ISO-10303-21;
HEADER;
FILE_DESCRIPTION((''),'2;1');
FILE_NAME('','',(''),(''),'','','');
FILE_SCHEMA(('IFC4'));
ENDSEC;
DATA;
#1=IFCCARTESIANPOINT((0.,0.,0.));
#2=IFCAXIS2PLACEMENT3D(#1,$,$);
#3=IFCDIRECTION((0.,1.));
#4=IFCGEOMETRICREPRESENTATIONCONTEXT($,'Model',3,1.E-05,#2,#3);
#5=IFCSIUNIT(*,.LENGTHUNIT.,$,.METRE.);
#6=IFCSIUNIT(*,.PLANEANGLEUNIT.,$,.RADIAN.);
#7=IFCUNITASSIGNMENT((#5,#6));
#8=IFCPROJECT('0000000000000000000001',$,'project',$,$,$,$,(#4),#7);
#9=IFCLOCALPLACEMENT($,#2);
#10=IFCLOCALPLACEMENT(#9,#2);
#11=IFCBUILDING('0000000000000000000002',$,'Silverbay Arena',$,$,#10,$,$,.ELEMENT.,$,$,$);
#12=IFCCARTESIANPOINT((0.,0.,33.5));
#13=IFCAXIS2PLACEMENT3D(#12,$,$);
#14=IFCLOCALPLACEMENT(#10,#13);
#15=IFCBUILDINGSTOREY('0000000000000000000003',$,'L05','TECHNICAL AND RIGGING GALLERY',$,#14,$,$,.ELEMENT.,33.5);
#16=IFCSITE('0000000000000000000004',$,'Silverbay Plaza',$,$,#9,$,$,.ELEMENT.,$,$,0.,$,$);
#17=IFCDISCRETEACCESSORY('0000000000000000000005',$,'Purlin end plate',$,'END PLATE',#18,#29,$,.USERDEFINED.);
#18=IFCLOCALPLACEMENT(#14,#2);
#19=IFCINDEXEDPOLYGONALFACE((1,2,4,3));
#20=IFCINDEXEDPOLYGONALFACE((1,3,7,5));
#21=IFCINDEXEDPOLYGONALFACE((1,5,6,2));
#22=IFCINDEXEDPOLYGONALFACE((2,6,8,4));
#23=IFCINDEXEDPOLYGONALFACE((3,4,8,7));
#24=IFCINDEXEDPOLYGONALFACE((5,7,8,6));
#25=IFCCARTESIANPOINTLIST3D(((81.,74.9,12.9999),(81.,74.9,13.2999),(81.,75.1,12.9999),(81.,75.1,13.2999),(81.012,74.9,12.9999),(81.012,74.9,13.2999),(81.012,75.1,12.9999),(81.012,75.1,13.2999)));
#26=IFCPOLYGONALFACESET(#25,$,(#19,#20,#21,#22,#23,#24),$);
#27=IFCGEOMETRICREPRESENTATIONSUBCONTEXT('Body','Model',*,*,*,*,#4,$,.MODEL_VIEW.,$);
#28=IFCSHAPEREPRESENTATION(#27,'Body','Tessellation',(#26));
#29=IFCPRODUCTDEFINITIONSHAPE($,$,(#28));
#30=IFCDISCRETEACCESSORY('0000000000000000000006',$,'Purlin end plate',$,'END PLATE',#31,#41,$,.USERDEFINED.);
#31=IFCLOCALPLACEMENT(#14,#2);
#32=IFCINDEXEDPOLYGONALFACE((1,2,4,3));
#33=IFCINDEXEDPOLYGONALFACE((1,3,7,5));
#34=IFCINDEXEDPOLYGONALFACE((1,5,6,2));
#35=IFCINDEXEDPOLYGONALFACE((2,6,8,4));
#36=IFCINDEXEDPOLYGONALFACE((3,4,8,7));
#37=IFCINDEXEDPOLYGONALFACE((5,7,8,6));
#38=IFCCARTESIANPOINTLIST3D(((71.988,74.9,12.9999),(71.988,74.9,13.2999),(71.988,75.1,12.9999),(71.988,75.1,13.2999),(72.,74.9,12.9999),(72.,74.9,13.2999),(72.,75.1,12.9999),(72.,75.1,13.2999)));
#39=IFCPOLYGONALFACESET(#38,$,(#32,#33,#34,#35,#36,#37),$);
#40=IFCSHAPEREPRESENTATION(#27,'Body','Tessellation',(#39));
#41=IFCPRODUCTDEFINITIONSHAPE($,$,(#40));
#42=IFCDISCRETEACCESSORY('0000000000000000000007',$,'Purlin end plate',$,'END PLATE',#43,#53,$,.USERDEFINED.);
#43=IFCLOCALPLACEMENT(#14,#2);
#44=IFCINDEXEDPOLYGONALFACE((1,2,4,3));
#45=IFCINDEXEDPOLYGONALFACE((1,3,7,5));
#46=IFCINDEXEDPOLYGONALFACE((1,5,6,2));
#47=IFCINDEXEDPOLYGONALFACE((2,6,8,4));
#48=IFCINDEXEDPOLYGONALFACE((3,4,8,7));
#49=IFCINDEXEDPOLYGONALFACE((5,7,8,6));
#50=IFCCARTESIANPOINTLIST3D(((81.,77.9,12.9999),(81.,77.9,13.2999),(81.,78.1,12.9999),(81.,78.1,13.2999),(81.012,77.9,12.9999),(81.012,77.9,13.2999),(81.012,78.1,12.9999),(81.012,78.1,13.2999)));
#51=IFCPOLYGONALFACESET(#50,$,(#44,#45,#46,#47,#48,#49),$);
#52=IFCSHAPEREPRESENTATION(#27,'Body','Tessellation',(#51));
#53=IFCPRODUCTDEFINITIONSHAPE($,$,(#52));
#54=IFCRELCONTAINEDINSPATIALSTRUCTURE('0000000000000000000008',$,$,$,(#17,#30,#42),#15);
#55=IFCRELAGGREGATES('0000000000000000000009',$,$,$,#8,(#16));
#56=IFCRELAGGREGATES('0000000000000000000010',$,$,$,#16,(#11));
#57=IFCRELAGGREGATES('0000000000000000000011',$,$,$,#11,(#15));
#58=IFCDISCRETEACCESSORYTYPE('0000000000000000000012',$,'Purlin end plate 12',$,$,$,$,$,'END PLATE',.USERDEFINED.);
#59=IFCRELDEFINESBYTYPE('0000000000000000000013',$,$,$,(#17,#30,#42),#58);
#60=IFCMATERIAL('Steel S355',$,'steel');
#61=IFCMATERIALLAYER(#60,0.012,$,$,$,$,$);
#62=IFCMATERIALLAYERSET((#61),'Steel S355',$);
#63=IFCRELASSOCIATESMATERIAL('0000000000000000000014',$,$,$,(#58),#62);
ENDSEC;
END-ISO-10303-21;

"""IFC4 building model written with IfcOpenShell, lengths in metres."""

from ifc_helpers import new_model, si_unit, direction, frame, origin, origin_2d, place, context, subcontext, project, spatial, rectangle, extrude, material, layer, layer_set, type_object, element, save


model = new_model("IFC4")

# Units and contexts
model_context = context("Model", 3, precision=1e-05, world=origin(), true_north=direction((0.0, 1.0)))
body_context = subcontext(model_context, "Body", "Model", "MODEL_VIEW")
ifc_project = project(units=[si_unit("LENGTHUNIT", "METRE"), si_unit("PLANEANGLEUNIT", "RADIAN")], contexts=[model_context])

# Site, building, storey
site_placement = place(None, origin())
site = spatial("IfcSite", under=ifc_project, at=site_placement, Name="Silverbay Plaza", CompositionType="ELEMENT", RefElevation=0.0)
building_placement = place(site_placement, origin())
building = spatial("IfcBuilding", under=site, at=building_placement, Name="Silverbay Arena", CompositionType="ELEMENT")
storey_placement = place(building_placement, frame((0.0, 0.0, 33.5)))
storey = spatial("IfcBuildingStorey", under=building, at=storey_placement, Name="L05", Description="TECHNICAL AND RIGGING GALLERY", CompositionType="ELEMENT", Elevation=33.5)

# Discrete accessories
ifc_material_1 = material(Name="Steel S355", Category="steel")
ifc_layer = layer(ifc_material_1, 0.012)
ifc_layer_set = layer_set([ifc_layer], Name="Steel S355")
discrete_accessory_type = type_object("IfcDiscreteAccessoryType", Name="Purlin end plate 12", ElementType="END PLATE", PredefinedType="USERDEFINED", material=ifc_layer_set)
for number, where, z_axis, x_axis, name in (
    (1, (81.0, 75.0, 13.1499), (1.0, 0.0, 0.0), (0.0, 1.0, 0.0), "Purlin end plate"),
    (2, (72.0, 75.0, 13.1499), (-1.0, 0.0, 0.0), (0.0, -1.0, 0.0), "Purlin end plate"),
    (3, (81.0, 78.0, 13.1499), (1.0, 0.0, 0.0), (0.0, 1.0, 0.0), "Purlin end plate"),
):
    element("IfcDiscreteAccessory", number, at=place(storey_placement, frame(where, z_axis=z_axis, x_axis=x_axis)), inside=storey, type_object=discrete_accessory_type, Name=name, ObjectType="END PLATE", PredefinedType="USERDEFINED", context=body_context, shape_type="SweptSolid", body=[
        extrude(rectangle(XDim=0.2, YDim=0.3, at=origin_2d()), origin(), (0.0, 0.0, 1.0), 0.012),
    ])

save(model, "model.ifc")
